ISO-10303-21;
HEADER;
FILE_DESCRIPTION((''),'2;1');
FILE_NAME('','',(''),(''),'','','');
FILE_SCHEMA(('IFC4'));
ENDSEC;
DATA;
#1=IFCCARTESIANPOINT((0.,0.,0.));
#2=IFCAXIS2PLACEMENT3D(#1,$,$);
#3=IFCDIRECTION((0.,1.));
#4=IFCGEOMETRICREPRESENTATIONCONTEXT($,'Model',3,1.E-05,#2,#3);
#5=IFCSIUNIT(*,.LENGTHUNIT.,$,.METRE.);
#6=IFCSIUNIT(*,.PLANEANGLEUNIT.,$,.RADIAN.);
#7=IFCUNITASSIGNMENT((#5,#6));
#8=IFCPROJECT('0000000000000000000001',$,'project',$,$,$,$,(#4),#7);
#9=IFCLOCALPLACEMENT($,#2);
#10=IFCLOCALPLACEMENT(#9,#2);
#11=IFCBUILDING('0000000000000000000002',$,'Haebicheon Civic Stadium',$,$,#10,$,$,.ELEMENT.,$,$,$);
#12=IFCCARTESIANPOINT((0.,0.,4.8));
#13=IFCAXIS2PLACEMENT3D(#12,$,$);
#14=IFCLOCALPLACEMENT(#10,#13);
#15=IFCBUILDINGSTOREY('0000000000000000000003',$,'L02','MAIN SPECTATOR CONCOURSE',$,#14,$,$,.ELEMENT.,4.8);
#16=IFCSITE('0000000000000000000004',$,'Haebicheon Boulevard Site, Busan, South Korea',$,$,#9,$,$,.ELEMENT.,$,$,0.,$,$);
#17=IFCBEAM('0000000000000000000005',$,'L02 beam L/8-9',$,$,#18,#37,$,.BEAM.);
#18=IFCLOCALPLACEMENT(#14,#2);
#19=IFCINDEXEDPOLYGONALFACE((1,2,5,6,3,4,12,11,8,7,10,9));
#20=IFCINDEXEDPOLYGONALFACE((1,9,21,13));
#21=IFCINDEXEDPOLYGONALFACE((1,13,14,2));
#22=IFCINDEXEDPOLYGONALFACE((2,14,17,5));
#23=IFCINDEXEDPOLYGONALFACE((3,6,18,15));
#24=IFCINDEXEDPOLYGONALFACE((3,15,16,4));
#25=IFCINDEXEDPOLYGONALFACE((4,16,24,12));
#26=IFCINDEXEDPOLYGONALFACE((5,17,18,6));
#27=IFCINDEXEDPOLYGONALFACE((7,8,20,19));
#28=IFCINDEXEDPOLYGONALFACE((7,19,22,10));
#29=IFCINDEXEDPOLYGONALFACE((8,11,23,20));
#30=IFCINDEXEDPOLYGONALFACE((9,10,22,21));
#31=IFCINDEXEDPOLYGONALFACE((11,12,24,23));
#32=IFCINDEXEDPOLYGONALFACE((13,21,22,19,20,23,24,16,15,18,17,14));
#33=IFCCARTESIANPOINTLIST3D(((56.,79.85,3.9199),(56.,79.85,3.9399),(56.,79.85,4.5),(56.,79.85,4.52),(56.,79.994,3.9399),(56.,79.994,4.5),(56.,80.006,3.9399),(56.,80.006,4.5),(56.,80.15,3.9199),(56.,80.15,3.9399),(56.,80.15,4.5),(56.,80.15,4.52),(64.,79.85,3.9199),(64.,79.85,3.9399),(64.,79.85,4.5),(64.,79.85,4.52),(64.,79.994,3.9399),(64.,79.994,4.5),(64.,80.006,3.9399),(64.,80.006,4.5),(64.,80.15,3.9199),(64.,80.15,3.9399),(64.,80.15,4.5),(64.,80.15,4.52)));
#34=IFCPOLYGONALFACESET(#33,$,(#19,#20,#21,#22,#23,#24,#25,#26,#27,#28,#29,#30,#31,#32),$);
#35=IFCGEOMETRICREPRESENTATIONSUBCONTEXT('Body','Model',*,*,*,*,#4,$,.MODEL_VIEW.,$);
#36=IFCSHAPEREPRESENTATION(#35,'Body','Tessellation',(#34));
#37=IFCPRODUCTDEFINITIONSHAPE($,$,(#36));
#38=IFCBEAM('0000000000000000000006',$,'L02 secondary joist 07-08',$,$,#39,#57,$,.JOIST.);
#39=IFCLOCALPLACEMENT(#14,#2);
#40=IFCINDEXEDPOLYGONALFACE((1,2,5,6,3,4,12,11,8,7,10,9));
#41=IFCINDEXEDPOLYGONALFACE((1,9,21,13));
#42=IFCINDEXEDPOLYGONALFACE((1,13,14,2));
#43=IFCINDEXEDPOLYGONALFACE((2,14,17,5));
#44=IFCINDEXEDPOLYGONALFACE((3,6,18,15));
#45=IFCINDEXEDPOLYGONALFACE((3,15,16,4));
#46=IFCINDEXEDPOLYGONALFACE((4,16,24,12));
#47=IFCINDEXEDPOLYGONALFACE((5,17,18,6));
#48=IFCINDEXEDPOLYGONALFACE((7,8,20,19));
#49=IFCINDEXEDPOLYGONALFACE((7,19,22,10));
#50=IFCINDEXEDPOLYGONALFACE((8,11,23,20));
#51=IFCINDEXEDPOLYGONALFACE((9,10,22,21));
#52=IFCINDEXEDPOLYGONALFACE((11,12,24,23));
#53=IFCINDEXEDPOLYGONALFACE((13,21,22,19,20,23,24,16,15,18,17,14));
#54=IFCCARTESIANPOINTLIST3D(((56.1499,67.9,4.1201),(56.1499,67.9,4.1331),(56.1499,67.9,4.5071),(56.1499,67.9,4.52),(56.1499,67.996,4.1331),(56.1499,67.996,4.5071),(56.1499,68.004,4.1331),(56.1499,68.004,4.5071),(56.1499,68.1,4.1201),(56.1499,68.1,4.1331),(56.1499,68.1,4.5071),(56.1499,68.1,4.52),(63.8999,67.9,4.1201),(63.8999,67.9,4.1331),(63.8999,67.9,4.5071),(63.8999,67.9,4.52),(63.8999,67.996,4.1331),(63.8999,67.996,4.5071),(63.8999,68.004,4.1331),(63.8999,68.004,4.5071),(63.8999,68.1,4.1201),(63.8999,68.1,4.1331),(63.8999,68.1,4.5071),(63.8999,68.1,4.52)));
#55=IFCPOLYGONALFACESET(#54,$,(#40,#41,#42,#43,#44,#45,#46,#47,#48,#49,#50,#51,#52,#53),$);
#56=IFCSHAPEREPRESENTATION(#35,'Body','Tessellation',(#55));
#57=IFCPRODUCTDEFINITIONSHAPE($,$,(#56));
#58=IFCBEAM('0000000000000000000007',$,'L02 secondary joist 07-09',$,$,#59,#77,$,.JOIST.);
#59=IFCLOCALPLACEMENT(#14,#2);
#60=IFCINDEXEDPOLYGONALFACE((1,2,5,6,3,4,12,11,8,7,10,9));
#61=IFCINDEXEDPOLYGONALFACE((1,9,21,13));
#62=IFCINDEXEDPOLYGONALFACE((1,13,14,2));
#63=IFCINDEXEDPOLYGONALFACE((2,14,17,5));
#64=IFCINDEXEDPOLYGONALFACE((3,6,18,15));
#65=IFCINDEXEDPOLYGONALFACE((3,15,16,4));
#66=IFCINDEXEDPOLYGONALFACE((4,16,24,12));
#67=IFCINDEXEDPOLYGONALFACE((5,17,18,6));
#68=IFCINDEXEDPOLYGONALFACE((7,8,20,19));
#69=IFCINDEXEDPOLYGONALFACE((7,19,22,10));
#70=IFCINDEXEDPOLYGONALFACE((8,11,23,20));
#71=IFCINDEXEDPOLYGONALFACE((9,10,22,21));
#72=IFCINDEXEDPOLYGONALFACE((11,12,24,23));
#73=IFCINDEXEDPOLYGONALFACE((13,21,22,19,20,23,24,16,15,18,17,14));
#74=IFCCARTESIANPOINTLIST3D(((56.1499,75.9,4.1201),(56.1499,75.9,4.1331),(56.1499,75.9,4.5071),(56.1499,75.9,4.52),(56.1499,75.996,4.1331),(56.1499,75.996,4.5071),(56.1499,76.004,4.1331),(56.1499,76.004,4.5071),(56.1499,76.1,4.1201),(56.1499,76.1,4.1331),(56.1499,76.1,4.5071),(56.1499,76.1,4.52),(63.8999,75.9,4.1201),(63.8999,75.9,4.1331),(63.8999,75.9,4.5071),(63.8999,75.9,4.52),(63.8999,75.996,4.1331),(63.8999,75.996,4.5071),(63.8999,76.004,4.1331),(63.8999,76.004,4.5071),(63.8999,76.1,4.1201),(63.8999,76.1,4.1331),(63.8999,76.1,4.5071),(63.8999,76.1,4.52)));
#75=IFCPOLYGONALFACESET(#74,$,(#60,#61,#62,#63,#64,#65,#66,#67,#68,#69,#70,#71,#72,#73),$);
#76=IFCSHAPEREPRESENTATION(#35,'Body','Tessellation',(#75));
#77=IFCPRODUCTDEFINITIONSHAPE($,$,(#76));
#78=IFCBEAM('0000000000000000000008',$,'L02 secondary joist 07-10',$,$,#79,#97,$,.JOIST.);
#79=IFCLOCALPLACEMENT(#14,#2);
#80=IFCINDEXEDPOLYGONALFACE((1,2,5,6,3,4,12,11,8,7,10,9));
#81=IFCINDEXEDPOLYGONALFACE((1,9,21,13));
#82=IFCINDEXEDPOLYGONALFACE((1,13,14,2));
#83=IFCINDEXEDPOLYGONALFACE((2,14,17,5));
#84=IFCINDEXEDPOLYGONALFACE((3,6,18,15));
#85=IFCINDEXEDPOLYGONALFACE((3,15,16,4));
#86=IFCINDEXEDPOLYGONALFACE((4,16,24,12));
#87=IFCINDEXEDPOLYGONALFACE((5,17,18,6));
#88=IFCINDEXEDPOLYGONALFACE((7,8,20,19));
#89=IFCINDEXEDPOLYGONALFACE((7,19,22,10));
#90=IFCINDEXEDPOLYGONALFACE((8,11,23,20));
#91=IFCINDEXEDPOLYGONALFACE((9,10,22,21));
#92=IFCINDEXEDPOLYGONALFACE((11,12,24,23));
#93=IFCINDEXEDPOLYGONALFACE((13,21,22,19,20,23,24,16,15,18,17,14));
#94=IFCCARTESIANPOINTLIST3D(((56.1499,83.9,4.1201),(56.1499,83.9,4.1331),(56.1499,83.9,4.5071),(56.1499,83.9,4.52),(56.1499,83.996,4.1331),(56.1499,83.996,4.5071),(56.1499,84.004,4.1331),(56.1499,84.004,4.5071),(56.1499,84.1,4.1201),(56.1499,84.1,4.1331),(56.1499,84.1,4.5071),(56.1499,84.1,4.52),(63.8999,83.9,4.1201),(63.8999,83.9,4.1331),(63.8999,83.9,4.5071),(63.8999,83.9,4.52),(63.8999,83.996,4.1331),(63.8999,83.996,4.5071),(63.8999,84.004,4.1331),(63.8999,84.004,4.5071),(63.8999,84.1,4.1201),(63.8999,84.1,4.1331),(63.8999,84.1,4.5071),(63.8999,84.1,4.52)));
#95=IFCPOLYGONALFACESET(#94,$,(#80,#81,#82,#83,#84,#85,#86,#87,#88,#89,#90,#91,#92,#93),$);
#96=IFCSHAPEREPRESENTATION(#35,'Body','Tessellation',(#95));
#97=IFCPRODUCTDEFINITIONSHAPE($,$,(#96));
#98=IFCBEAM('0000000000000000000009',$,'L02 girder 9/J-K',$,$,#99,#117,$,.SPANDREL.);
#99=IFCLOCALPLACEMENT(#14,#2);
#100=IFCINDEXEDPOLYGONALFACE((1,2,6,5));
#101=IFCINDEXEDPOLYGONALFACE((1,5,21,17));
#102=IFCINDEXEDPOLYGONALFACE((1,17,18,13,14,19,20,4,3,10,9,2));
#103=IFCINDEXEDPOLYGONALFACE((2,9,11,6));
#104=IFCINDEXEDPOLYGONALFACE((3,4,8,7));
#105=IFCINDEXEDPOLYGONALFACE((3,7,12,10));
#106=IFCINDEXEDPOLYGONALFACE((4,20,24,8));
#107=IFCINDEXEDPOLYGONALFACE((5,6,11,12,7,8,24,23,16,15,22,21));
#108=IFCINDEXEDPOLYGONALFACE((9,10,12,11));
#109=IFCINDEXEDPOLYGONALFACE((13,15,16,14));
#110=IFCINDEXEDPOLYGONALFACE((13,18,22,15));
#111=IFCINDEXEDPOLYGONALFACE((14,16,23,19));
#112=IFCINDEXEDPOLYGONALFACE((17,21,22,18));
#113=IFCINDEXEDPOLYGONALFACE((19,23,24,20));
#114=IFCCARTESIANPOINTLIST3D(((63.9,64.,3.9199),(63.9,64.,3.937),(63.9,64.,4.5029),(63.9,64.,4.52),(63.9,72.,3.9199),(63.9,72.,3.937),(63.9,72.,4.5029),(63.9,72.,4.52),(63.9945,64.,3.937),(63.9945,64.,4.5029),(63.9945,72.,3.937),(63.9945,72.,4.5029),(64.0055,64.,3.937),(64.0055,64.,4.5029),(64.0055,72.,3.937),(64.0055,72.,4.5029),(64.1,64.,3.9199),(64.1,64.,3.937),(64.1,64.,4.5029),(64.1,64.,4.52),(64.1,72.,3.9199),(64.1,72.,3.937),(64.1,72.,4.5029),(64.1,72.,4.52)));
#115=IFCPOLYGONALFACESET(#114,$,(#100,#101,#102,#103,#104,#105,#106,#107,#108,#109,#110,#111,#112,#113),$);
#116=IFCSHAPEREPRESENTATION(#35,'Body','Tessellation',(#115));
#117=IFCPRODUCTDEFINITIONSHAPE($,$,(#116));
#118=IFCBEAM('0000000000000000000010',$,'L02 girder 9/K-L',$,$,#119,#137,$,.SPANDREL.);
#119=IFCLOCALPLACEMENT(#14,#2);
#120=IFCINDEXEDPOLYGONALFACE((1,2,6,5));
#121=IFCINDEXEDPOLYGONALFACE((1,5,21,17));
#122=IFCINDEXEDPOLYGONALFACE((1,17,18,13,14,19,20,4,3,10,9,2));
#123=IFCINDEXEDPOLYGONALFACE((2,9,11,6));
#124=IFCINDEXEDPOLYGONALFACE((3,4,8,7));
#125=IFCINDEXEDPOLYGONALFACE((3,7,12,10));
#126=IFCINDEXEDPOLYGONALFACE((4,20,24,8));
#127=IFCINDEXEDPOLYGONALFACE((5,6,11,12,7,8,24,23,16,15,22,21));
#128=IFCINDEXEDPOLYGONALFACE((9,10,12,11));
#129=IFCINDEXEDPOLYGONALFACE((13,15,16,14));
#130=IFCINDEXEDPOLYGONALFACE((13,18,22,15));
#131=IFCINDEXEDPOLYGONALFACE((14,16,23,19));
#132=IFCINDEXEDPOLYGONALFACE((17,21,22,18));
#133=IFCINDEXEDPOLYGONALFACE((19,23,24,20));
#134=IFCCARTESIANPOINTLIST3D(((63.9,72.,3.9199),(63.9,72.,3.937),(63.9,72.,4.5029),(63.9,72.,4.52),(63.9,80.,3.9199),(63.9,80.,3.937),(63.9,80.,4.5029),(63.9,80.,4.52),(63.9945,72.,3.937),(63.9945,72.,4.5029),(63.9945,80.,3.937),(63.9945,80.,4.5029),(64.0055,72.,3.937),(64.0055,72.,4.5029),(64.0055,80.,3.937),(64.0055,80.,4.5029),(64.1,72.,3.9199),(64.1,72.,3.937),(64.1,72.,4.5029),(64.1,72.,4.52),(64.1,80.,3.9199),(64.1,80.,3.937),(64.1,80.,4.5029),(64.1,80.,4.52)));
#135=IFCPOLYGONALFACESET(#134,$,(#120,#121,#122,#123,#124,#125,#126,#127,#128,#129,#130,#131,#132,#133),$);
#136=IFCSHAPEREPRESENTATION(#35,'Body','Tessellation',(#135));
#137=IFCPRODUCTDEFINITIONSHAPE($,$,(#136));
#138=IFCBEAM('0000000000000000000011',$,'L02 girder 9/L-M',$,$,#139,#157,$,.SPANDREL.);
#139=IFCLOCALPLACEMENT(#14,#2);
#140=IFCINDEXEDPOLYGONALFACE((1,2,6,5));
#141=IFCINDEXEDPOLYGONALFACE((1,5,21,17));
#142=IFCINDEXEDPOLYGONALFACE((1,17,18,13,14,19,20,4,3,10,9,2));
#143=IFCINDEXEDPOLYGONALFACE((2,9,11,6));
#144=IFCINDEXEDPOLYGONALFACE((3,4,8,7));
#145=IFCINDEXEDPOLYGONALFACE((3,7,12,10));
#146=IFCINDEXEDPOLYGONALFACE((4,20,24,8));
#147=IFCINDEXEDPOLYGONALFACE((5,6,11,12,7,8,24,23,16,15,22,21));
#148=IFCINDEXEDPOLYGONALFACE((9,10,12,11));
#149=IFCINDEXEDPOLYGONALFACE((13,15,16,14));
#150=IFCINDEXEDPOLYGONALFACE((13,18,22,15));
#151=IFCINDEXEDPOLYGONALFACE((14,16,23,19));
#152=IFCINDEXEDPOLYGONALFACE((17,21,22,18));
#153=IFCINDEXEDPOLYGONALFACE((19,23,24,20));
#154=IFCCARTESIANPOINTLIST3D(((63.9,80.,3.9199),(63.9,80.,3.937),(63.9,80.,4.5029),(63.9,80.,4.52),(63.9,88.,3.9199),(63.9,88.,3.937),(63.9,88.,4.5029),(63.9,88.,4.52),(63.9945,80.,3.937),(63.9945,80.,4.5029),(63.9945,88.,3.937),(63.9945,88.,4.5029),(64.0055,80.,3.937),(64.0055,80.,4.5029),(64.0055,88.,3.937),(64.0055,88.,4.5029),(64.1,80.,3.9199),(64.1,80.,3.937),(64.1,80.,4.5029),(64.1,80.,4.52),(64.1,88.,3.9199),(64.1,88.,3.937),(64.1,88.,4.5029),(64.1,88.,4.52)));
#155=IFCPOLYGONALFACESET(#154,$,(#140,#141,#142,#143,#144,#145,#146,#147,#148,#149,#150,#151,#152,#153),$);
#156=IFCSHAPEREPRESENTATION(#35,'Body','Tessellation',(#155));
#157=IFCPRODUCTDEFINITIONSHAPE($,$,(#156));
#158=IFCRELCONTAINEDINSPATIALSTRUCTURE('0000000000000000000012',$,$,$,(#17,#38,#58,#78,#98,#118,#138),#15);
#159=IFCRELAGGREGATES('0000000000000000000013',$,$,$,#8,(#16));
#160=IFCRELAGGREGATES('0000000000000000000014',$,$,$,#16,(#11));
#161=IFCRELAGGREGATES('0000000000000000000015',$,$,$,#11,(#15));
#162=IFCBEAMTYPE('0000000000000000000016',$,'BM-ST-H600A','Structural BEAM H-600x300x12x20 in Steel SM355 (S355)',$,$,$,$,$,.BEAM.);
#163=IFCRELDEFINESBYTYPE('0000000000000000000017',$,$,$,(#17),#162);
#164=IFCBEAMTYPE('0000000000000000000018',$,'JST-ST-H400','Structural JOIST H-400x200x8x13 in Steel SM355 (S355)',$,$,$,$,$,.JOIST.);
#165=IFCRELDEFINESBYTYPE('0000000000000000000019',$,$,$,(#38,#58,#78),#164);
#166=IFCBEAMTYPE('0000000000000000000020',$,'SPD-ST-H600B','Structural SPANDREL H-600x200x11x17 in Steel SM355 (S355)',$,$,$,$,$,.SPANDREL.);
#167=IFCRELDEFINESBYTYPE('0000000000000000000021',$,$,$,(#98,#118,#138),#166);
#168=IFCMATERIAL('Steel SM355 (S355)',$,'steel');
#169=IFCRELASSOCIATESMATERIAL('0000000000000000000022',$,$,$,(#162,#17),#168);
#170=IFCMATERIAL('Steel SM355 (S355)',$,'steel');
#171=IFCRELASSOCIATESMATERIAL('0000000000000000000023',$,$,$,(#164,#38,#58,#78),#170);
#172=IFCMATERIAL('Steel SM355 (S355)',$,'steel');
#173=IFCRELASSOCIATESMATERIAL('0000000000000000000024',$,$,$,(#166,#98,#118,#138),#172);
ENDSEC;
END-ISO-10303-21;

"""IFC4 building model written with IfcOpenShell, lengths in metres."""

from ifc_helpers import new_model, si_unit, direction, frame, origin, origin_2d, place, context, subcontext, project, spatial, i_section, extrude, material, material_profile, profile_set, type_object, element, save


model = new_model("IFC4")

# Units and contexts
model_context = context("Model", 3, precision=1e-05, world=origin(), true_north=direction((0.0, 1.0)))
body_context = subcontext(model_context, "Body", "Model", "MODEL_VIEW")
ifc_project = project(units=[si_unit("LENGTHUNIT", "METRE"), si_unit("PLANEANGLEUNIT", "RADIAN")], contexts=[model_context])

# Site, building, storey
site_placement = place(None, origin())
site = spatial("IfcSite", under=ifc_project, at=site_placement, Name="Haebicheon Boulevard Site, Busan, South Korea", CompositionType="ELEMENT", RefElevation=0.0)
building_placement = place(site_placement, origin())
building = spatial("IfcBuilding", under=site, at=building_placement, Name="Haebicheon Civic Stadium", CompositionType="ELEMENT")
storey_placement = place(building_placement, frame((0.0, 0.0, 4.8)))
storey = spatial("IfcBuildingStorey", under=building, at=storey_placement, Name="L02", Description="MAIN SPECTATOR CONCOURSE", CompositionType="ELEMENT", Elevation=4.8)

# Beams
ifc_material_1 = material(Name="Steel SM355 (S355)", Category="steel")
ifc_material_profile_1 = material_profile(ifc_material_1, i_section(OverallWidth=0.3, OverallDepth=0.6001, WebThickness=0.012, FlangeThickness=0.02, at=origin_2d()), Name="H-600x300x12x20")
ifc_profile_set_1 = profile_set([ifc_material_profile_1], Name="Steel SM355 (S355)")
beam_type_1 = type_object("IfcBeamType", Name="BM-ST-H600A", Description="Structural BEAM H-600x300x12x20 in Steel SM355 (S355)", PredefinedType="BEAM", material=ifc_profile_set_1)
for number, where, z_axis, x_axis, name in (
    (1, (56.0, 80.0, 4.22), (1.0, 0.0, 0.0), (0.0, 1.0, 0.0), "L02 beam L/8-9"),
):
    element("IfcBeam", number, at=place(storey_placement, frame(where, z_axis=z_axis, x_axis=x_axis)), inside=storey, type_object=beam_type_1, material=ifc_profile_set_1, Name=name, PredefinedType="BEAM", context=body_context, shape_type="SweptSolid", body=[
        extrude(i_section(OverallWidth=0.3, OverallDepth=0.6001, WebThickness=0.012, FlangeThickness=0.02, at=origin_2d()), origin(), (0.0, 0.0, 1.0), 8.0),
    ])
ifc_material_2 = material(Name="Steel SM355 (S355)", Category="steel")
ifc_material_profile_2 = material_profile(ifc_material_2, i_section(OverallWidth=0.2, OverallDepth=0.3999, WebThickness=0.0081, FlangeThickness=0.0129, at=origin_2d()), Name="H-400x200x8x13")
ifc_profile_set_2 = profile_set([ifc_material_profile_2], Name="Steel SM355 (S355)")
beam_type_2 = type_object("IfcBeamType", Name="JST-ST-H400", Description="Structural JOIST H-400x200x8x13 in Steel SM355 (S355)", PredefinedType="JOIST", material=ifc_profile_set_2)
for number, where, z_axis, x_axis, name in (
    (2, (56.1499, 68.0, 4.3201), (1.0, 0.0, 0.0), (0.0, 1.0, 0.0), "L02 secondary joist 07-08"),
    (3, (56.1499, 76.0, 4.3201), (1.0, 0.0, 0.0), (0.0, 1.0, 0.0), "L02 secondary joist 07-09"),
    (4, (56.1499, 84.0, 4.3201), (1.0, 0.0, 0.0), (0.0, 1.0, 0.0), "L02 secondary joist 07-10"),
):
    element("IfcBeam", number, at=place(storey_placement, frame(where, z_axis=z_axis, x_axis=x_axis)), inside=storey, type_object=beam_type_2, material=ifc_profile_set_2, Name=name, PredefinedType="JOIST", context=body_context, shape_type="SweptSolid", body=[
        extrude(i_section(OverallWidth=0.2, OverallDepth=0.3999, WebThickness=0.0081, FlangeThickness=0.0129, at=origin_2d()), origin(), (0.0, 0.0, 1.0), 7.75),
    ])
ifc_material_3 = material(Name="Steel SM355 (S355)", Category="steel")
ifc_material_profile_3 = material_profile(ifc_material_3, i_section(OverallWidth=0.2, OverallDepth=0.6001, WebThickness=0.011, FlangeThickness=0.0171, at=origin_2d()), Name="H-600x200x11x17")
ifc_profile_set_3 = profile_set([ifc_material_profile_3], Name="Steel SM355 (S355)")
beam_type_3 = type_object("IfcBeamType", Name="SPD-ST-H600B", Description="Structural SPANDREL H-600x200x11x17 in Steel SM355 (S355)", PredefinedType="SPANDREL", material=ifc_profile_set_3)
for number, where, z_axis, x_axis, name in (
    (5, (64.0, 64.0, 4.22), (0.0, 1.0, 0.0), (-1.0, 0.0, 0.0), "L02 girder 9/J-K"),
    (6, (64.0, 72.0, 4.22), (0.0, 1.0, 0.0), (-1.0, 0.0, 0.0), "L02 girder 9/K-L"),
    (7, (64.0, 80.0, 4.22), (0.0, 1.0, 0.0), (-1.0, 0.0, 0.0), "L02 girder 9/L-M"),
):
    element("IfcBeam", number, at=place(storey_placement, frame(where, z_axis=z_axis, x_axis=x_axis)), inside=storey, type_object=beam_type_3, material=ifc_profile_set_3, Name=name, PredefinedType="SPANDREL", context=body_context, shape_type="SweptSolid", body=[
        extrude(i_section(OverallWidth=0.2, OverallDepth=0.6001, WebThickness=0.011, FlangeThickness=0.0171, at=origin_2d()), origin(), (0.0, 0.0, 1.0), 8.0),
    ])

save(model, "model.ifc")
